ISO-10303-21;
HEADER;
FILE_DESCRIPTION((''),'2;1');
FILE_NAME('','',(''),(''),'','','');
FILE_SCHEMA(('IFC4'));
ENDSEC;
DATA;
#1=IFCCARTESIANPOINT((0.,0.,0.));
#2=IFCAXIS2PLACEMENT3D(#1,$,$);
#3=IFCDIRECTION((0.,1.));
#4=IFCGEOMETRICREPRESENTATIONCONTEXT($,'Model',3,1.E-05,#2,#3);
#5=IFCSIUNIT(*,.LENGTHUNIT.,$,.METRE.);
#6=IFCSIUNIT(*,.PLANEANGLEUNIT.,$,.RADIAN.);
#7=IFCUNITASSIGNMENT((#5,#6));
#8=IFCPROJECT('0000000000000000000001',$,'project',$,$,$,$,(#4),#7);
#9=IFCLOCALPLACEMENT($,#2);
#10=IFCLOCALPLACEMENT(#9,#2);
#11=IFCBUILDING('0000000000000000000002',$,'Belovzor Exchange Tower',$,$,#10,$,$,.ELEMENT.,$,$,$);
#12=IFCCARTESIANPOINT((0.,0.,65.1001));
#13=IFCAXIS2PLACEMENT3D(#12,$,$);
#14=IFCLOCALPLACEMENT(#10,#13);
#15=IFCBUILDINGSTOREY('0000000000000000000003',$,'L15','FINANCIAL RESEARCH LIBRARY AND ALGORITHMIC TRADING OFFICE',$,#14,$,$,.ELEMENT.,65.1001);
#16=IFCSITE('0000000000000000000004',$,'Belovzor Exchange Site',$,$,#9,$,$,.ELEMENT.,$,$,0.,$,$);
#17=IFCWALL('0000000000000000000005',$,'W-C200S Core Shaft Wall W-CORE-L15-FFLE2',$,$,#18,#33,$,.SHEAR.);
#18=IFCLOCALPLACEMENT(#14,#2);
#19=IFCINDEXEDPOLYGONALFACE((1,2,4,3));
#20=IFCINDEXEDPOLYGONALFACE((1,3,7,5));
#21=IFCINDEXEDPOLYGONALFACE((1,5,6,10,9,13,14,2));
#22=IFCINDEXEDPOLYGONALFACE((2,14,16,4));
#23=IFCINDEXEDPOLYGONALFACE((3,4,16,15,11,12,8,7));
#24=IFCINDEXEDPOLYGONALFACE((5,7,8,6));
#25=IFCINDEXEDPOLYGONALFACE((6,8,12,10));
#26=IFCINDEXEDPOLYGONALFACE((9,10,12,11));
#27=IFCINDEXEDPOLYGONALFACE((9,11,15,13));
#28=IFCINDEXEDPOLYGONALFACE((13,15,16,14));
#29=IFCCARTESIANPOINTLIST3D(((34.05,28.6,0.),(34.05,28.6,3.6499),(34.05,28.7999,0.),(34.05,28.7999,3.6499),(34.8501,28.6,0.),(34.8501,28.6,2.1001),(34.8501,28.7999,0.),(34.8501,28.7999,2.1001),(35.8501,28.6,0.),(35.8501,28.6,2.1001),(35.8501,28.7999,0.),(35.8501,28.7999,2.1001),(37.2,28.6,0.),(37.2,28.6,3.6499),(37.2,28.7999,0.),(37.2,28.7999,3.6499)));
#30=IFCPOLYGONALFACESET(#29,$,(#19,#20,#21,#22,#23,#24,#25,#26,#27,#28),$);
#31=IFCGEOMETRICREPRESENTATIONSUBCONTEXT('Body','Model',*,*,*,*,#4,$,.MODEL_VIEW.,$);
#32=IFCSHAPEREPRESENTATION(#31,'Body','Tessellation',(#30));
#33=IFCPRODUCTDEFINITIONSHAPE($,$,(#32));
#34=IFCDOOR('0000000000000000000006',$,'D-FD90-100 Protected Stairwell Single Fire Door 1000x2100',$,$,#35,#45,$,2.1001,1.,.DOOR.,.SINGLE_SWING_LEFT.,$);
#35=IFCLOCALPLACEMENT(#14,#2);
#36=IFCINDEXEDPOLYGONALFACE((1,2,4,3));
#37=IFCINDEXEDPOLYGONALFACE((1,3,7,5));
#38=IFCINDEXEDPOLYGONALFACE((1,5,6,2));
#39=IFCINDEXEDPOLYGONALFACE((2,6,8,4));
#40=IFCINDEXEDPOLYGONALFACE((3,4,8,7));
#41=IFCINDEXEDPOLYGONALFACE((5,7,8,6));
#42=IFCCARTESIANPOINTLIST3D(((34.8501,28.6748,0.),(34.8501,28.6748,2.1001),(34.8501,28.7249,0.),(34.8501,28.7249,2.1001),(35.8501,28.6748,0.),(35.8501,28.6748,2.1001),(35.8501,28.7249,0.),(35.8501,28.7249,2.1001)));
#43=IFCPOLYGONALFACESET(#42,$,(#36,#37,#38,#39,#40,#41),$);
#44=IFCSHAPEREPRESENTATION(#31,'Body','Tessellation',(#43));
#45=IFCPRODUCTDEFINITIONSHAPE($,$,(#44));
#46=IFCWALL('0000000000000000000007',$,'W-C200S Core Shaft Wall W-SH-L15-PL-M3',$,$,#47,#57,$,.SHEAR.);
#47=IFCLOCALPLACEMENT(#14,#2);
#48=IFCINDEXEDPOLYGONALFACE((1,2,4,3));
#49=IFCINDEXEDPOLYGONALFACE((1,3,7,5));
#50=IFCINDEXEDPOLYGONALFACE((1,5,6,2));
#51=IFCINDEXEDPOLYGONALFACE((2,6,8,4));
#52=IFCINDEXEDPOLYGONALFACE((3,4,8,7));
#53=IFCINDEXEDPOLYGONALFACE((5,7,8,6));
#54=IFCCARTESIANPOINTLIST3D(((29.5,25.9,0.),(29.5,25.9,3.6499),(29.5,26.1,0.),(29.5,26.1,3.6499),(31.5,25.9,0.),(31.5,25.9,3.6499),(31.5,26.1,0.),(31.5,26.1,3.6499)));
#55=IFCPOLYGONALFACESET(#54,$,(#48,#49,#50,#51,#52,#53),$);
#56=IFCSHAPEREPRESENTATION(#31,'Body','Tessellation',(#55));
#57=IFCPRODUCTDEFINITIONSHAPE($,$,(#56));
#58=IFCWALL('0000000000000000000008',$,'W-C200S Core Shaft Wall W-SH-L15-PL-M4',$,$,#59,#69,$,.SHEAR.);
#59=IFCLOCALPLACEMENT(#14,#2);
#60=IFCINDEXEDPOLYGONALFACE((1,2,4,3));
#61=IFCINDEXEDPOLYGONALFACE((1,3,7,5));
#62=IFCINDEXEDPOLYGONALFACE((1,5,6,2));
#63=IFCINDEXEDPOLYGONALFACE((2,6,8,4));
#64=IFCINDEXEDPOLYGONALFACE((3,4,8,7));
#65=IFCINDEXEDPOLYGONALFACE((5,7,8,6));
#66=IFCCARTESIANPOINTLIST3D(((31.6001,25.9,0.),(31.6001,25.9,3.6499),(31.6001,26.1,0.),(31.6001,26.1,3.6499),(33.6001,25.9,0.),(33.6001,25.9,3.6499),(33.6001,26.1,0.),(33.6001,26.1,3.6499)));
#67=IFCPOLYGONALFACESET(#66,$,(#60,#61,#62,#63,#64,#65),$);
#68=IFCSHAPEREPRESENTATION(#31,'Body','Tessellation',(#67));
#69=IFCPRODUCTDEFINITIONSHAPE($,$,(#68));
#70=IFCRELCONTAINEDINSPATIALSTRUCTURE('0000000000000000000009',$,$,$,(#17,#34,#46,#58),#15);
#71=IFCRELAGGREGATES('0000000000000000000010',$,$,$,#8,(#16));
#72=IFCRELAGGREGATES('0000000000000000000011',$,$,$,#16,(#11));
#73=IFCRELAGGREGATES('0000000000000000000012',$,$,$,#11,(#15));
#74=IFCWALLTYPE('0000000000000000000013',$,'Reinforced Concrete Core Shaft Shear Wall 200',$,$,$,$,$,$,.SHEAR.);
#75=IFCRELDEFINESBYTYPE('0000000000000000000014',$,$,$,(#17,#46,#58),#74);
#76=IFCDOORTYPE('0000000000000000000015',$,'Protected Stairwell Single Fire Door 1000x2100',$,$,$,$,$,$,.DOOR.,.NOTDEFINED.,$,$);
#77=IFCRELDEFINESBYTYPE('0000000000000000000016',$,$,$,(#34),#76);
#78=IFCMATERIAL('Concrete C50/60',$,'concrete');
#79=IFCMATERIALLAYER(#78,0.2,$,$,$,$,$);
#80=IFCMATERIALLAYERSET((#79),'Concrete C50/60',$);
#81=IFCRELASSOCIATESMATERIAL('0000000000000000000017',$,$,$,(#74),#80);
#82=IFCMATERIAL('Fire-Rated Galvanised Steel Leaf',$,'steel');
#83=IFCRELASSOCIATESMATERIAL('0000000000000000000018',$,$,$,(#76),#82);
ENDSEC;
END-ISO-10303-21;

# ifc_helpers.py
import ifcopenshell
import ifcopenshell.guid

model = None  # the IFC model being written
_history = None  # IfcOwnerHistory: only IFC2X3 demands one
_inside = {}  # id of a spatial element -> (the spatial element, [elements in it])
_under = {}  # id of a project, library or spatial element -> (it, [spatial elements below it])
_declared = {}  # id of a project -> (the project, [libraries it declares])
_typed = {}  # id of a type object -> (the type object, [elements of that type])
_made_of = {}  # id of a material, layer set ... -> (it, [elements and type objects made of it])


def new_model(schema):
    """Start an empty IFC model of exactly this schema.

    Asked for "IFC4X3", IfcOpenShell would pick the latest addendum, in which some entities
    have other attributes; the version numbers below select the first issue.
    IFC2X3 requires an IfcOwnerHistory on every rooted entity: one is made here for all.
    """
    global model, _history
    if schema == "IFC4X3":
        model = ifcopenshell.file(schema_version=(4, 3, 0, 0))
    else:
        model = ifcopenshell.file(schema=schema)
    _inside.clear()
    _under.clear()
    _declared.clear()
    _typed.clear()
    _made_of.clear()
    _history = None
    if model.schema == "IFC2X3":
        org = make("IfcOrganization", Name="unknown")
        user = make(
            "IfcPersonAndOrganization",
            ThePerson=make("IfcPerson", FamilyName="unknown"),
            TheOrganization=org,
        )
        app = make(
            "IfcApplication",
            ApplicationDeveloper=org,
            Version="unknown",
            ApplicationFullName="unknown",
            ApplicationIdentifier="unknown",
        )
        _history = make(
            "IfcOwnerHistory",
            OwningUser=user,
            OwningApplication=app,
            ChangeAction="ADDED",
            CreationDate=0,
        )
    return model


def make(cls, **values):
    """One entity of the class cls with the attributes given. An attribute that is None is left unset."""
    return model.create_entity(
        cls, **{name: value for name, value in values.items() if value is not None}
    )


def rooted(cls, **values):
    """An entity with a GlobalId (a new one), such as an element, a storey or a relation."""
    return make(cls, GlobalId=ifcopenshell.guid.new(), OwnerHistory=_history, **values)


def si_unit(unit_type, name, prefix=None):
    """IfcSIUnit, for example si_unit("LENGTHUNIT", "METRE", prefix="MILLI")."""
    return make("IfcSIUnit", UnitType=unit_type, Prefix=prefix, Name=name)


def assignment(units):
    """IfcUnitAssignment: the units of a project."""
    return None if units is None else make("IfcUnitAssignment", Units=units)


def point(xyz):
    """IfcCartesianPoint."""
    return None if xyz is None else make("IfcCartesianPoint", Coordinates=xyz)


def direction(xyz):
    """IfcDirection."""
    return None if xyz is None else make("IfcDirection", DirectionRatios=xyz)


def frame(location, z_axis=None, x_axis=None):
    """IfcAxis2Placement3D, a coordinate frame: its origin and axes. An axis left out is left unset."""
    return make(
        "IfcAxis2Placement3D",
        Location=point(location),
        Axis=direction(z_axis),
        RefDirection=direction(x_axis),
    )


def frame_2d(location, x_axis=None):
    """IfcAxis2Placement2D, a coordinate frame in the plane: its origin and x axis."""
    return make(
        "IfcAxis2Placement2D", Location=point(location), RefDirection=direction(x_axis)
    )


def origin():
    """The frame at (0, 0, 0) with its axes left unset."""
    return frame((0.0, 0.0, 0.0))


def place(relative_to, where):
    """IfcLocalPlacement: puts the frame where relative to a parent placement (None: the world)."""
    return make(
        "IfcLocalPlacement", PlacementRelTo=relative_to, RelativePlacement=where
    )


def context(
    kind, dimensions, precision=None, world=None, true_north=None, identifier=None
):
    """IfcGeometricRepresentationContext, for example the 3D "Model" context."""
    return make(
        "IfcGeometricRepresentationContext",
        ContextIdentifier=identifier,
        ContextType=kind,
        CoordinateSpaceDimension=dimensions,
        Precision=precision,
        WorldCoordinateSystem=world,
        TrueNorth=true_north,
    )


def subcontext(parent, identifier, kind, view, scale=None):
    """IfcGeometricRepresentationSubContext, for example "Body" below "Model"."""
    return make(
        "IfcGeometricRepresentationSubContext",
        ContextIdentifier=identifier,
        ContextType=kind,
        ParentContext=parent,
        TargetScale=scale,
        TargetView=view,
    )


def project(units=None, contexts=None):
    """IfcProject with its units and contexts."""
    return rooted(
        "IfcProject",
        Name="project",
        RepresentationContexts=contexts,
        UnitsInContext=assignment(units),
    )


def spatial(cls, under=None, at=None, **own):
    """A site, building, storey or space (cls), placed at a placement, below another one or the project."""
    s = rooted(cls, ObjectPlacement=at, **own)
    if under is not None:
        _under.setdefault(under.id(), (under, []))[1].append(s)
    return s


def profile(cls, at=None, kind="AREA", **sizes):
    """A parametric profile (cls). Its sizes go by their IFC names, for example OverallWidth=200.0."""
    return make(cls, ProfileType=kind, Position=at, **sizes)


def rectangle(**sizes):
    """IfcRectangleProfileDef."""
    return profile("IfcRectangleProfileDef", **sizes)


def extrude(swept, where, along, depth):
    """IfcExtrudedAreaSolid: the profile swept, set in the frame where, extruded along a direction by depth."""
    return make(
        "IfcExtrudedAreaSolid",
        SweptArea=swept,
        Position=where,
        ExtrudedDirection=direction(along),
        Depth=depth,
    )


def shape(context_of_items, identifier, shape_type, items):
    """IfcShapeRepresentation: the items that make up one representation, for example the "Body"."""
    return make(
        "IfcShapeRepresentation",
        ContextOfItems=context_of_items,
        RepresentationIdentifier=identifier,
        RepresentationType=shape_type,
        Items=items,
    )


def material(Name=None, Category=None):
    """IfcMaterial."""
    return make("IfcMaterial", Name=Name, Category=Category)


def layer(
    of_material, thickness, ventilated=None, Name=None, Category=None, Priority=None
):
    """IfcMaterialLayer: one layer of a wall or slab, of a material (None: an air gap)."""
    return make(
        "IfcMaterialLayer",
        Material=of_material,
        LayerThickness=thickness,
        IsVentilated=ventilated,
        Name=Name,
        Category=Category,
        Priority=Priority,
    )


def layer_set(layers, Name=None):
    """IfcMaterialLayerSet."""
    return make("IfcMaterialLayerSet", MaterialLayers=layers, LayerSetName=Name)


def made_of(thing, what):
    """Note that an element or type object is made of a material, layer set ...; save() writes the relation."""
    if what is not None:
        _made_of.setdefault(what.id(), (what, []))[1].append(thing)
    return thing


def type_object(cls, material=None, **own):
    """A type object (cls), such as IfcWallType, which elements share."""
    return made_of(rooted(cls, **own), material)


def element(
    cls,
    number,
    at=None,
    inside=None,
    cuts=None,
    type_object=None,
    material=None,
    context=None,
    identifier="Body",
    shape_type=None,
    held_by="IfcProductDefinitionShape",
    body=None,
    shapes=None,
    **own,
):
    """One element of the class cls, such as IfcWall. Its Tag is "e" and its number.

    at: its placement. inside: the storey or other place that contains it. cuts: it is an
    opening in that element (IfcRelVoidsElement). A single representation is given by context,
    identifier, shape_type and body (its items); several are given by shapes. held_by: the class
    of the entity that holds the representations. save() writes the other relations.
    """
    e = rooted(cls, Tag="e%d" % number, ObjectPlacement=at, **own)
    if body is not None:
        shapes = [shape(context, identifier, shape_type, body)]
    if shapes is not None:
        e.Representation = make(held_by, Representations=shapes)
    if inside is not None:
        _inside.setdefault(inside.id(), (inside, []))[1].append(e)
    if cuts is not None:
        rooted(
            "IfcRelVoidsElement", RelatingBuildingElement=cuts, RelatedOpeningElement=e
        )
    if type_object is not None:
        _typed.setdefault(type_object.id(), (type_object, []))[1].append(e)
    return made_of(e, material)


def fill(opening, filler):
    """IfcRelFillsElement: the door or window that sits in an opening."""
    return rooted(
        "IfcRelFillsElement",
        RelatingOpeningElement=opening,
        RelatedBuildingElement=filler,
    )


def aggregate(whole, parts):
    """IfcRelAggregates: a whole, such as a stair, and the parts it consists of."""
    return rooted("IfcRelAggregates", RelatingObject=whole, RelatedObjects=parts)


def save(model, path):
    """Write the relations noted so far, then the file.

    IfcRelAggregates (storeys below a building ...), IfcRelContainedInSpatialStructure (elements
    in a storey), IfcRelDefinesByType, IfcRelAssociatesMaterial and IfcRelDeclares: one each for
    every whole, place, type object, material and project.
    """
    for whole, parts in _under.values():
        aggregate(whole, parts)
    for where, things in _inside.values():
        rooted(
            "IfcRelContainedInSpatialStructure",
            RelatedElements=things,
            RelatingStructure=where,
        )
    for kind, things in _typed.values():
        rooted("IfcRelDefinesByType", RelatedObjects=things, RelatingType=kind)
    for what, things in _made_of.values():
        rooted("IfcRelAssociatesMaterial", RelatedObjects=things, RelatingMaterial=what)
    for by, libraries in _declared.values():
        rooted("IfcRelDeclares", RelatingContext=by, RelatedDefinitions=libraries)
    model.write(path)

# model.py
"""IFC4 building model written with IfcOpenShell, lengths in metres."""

from ifc_helpers import new_model, si_unit, direction, frame, frame_2d, origin, place, context, subcontext, project, spatial, rectangle, extrude, material, layer, layer_set, type_object, element, fill, save


model = new_model("IFC4")

# Units and contexts
model_context = context("Model", 3, precision=1e-05, world=origin(), true_north=direction((0.0, 1.0)))
body_context = subcontext(model_context, "Body", "Model", "MODEL_VIEW")
ifc_project = project(units=[si_unit("LENGTHUNIT", "METRE"), si_unit("PLANEANGLEUNIT", "RADIAN")], contexts=[model_context])

# Site, building, storey
site_placement = place(None, origin())
site = spatial("IfcSite", under=ifc_project, at=site_placement, Name="Belovzor Exchange Site", CompositionType="ELEMENT", RefElevation=0.0)
building_placement = place(site_placement, origin())
building = spatial("IfcBuilding", under=site, at=building_placement, Name="Belovzor Exchange Tower", CompositionType="ELEMENT")
storey_placement = place(building_placement, frame((0.0, 0.0, 65.1001)))
storey = spatial("IfcBuildingStorey", under=building, at=storey_placement, Name="L15", Description="FINANCIAL RESEARCH LIBRARY AND ALGORITHMIC TRADING OFFICE", CompositionType="ELEMENT", Elevation=65.1001)

# Wall, opening, door
ifc_material_1 = material(Name="Concrete C50/60", Category="concrete")
ifc_layer_1 = layer(ifc_material_1, 0.2)
ifc_layer_set_1 = layer_set([ifc_layer_1], Name="Concrete C50/60")
wall_type_1 = type_object("IfcWallType", Name="Reinforced Concrete Core Shaft Shear Wall 200", PredefinedType="SHEAR", material=ifc_layer_set_1)
wall_1_placement = place(storey_placement, frame((34.05, 28.7, 0.0), z_axis=(0.0, 0.0, 1.0), x_axis=(1.0, 0.0, 0.0)))
wall_1 = element("IfcWall", 1, at=wall_1_placement, inside=storey, type_object=wall_type_1, Name="W-C200S Core Shaft Wall W-CORE-L15-FFLE2", PredefinedType="SHEAR", context=body_context, shape_type="SweptSolid", body=[
    extrude(rectangle(XDim=3.1499, YDim=0.2, at=frame_2d((1.575, 0.0))), origin(), (0.0, 0.0, 1.0), 3.6499),
])
opening_1_placement = place(wall_1_placement, frame((0.8, 0.0, 0.0)))
opening_1 = element("IfcOpeningElement", 2, at=opening_1_placement, cuts=wall_1, PredefinedType="OPENING", context=body_context, shape_type="SweptSolid", body=[
    extrude(rectangle(XDim=1.0, YDim=2.1001, at=frame_2d((0.5, 1.05))), frame((0.0, 0.1099, 0.0), z_axis=(0.0, -1.0, 0.0), x_axis=(1.0, 0.0, 0.0)), (0.0, 0.0, 1.0), 0.22),
])
ifc_material_2 = material(Name="Fire-Rated Galvanised Steel Leaf", Category="steel")
door_type_1 = type_object("IfcDoorType", Name="Protected Stairwell Single Fire Door 1000x2100", OperationType="NOTDEFINED", PredefinedType="DOOR", material=ifc_material_2)
door_1_placement = place(opening_1_placement, origin())
door_1 = element("IfcDoor", 3, at=door_1_placement, inside=storey, type_object=door_type_1, Name="D-FD90-100 Protected Stairwell Single Fire Door 1000x2100", OperationType="SINGLE_SWING_LEFT", OverallHeight=2.1001, OverallWidth=1.0, PredefinedType="DOOR", context=body_context, shape_type="SweptSolid", body=[
    extrude(rectangle(XDim=1.0, YDim=2.1001, at=frame_2d((0.5, 1.05))), frame((0.0, 0.0249, 0.0), z_axis=(0.0, -1.0, 0.0), x_axis=(1.0, 0.0, 0.0)), (0.0, 0.0, 1.0), 0.05),
])
fill(opening_1, door_1)

# Walls
for number, where, z_axis, x_axis, name in (
    (4, (29.5, 26.0, 0.0), (0.0, 0.0, 1.0), (1.0, 0.0, 0.0), "W-C200S Core Shaft Wall W-SH-L15-PL-M3"),
    (5, (31.6001, 26.0, 0.0), (0.0, 0.0, 1.0), (1.0, 0.0, 0.0), "W-C200S Core Shaft Wall W-SH-L15-PL-M4"),
):
    element("IfcWall", number, at=place(storey_placement, frame(where, z_axis=z_axis, x_axis=x_axis)), inside=storey, type_object=wall_type_1, Name=name, PredefinedType="SHEAR", context=body_context, shape_type="SweptSolid", body=[
        extrude(rectangle(XDim=2.0, YDim=0.2, at=frame_2d((1.0, 0.0))), origin(), (0.0, 0.0, 1.0), 3.6499),
    ])

save(model, "model.ifc")
